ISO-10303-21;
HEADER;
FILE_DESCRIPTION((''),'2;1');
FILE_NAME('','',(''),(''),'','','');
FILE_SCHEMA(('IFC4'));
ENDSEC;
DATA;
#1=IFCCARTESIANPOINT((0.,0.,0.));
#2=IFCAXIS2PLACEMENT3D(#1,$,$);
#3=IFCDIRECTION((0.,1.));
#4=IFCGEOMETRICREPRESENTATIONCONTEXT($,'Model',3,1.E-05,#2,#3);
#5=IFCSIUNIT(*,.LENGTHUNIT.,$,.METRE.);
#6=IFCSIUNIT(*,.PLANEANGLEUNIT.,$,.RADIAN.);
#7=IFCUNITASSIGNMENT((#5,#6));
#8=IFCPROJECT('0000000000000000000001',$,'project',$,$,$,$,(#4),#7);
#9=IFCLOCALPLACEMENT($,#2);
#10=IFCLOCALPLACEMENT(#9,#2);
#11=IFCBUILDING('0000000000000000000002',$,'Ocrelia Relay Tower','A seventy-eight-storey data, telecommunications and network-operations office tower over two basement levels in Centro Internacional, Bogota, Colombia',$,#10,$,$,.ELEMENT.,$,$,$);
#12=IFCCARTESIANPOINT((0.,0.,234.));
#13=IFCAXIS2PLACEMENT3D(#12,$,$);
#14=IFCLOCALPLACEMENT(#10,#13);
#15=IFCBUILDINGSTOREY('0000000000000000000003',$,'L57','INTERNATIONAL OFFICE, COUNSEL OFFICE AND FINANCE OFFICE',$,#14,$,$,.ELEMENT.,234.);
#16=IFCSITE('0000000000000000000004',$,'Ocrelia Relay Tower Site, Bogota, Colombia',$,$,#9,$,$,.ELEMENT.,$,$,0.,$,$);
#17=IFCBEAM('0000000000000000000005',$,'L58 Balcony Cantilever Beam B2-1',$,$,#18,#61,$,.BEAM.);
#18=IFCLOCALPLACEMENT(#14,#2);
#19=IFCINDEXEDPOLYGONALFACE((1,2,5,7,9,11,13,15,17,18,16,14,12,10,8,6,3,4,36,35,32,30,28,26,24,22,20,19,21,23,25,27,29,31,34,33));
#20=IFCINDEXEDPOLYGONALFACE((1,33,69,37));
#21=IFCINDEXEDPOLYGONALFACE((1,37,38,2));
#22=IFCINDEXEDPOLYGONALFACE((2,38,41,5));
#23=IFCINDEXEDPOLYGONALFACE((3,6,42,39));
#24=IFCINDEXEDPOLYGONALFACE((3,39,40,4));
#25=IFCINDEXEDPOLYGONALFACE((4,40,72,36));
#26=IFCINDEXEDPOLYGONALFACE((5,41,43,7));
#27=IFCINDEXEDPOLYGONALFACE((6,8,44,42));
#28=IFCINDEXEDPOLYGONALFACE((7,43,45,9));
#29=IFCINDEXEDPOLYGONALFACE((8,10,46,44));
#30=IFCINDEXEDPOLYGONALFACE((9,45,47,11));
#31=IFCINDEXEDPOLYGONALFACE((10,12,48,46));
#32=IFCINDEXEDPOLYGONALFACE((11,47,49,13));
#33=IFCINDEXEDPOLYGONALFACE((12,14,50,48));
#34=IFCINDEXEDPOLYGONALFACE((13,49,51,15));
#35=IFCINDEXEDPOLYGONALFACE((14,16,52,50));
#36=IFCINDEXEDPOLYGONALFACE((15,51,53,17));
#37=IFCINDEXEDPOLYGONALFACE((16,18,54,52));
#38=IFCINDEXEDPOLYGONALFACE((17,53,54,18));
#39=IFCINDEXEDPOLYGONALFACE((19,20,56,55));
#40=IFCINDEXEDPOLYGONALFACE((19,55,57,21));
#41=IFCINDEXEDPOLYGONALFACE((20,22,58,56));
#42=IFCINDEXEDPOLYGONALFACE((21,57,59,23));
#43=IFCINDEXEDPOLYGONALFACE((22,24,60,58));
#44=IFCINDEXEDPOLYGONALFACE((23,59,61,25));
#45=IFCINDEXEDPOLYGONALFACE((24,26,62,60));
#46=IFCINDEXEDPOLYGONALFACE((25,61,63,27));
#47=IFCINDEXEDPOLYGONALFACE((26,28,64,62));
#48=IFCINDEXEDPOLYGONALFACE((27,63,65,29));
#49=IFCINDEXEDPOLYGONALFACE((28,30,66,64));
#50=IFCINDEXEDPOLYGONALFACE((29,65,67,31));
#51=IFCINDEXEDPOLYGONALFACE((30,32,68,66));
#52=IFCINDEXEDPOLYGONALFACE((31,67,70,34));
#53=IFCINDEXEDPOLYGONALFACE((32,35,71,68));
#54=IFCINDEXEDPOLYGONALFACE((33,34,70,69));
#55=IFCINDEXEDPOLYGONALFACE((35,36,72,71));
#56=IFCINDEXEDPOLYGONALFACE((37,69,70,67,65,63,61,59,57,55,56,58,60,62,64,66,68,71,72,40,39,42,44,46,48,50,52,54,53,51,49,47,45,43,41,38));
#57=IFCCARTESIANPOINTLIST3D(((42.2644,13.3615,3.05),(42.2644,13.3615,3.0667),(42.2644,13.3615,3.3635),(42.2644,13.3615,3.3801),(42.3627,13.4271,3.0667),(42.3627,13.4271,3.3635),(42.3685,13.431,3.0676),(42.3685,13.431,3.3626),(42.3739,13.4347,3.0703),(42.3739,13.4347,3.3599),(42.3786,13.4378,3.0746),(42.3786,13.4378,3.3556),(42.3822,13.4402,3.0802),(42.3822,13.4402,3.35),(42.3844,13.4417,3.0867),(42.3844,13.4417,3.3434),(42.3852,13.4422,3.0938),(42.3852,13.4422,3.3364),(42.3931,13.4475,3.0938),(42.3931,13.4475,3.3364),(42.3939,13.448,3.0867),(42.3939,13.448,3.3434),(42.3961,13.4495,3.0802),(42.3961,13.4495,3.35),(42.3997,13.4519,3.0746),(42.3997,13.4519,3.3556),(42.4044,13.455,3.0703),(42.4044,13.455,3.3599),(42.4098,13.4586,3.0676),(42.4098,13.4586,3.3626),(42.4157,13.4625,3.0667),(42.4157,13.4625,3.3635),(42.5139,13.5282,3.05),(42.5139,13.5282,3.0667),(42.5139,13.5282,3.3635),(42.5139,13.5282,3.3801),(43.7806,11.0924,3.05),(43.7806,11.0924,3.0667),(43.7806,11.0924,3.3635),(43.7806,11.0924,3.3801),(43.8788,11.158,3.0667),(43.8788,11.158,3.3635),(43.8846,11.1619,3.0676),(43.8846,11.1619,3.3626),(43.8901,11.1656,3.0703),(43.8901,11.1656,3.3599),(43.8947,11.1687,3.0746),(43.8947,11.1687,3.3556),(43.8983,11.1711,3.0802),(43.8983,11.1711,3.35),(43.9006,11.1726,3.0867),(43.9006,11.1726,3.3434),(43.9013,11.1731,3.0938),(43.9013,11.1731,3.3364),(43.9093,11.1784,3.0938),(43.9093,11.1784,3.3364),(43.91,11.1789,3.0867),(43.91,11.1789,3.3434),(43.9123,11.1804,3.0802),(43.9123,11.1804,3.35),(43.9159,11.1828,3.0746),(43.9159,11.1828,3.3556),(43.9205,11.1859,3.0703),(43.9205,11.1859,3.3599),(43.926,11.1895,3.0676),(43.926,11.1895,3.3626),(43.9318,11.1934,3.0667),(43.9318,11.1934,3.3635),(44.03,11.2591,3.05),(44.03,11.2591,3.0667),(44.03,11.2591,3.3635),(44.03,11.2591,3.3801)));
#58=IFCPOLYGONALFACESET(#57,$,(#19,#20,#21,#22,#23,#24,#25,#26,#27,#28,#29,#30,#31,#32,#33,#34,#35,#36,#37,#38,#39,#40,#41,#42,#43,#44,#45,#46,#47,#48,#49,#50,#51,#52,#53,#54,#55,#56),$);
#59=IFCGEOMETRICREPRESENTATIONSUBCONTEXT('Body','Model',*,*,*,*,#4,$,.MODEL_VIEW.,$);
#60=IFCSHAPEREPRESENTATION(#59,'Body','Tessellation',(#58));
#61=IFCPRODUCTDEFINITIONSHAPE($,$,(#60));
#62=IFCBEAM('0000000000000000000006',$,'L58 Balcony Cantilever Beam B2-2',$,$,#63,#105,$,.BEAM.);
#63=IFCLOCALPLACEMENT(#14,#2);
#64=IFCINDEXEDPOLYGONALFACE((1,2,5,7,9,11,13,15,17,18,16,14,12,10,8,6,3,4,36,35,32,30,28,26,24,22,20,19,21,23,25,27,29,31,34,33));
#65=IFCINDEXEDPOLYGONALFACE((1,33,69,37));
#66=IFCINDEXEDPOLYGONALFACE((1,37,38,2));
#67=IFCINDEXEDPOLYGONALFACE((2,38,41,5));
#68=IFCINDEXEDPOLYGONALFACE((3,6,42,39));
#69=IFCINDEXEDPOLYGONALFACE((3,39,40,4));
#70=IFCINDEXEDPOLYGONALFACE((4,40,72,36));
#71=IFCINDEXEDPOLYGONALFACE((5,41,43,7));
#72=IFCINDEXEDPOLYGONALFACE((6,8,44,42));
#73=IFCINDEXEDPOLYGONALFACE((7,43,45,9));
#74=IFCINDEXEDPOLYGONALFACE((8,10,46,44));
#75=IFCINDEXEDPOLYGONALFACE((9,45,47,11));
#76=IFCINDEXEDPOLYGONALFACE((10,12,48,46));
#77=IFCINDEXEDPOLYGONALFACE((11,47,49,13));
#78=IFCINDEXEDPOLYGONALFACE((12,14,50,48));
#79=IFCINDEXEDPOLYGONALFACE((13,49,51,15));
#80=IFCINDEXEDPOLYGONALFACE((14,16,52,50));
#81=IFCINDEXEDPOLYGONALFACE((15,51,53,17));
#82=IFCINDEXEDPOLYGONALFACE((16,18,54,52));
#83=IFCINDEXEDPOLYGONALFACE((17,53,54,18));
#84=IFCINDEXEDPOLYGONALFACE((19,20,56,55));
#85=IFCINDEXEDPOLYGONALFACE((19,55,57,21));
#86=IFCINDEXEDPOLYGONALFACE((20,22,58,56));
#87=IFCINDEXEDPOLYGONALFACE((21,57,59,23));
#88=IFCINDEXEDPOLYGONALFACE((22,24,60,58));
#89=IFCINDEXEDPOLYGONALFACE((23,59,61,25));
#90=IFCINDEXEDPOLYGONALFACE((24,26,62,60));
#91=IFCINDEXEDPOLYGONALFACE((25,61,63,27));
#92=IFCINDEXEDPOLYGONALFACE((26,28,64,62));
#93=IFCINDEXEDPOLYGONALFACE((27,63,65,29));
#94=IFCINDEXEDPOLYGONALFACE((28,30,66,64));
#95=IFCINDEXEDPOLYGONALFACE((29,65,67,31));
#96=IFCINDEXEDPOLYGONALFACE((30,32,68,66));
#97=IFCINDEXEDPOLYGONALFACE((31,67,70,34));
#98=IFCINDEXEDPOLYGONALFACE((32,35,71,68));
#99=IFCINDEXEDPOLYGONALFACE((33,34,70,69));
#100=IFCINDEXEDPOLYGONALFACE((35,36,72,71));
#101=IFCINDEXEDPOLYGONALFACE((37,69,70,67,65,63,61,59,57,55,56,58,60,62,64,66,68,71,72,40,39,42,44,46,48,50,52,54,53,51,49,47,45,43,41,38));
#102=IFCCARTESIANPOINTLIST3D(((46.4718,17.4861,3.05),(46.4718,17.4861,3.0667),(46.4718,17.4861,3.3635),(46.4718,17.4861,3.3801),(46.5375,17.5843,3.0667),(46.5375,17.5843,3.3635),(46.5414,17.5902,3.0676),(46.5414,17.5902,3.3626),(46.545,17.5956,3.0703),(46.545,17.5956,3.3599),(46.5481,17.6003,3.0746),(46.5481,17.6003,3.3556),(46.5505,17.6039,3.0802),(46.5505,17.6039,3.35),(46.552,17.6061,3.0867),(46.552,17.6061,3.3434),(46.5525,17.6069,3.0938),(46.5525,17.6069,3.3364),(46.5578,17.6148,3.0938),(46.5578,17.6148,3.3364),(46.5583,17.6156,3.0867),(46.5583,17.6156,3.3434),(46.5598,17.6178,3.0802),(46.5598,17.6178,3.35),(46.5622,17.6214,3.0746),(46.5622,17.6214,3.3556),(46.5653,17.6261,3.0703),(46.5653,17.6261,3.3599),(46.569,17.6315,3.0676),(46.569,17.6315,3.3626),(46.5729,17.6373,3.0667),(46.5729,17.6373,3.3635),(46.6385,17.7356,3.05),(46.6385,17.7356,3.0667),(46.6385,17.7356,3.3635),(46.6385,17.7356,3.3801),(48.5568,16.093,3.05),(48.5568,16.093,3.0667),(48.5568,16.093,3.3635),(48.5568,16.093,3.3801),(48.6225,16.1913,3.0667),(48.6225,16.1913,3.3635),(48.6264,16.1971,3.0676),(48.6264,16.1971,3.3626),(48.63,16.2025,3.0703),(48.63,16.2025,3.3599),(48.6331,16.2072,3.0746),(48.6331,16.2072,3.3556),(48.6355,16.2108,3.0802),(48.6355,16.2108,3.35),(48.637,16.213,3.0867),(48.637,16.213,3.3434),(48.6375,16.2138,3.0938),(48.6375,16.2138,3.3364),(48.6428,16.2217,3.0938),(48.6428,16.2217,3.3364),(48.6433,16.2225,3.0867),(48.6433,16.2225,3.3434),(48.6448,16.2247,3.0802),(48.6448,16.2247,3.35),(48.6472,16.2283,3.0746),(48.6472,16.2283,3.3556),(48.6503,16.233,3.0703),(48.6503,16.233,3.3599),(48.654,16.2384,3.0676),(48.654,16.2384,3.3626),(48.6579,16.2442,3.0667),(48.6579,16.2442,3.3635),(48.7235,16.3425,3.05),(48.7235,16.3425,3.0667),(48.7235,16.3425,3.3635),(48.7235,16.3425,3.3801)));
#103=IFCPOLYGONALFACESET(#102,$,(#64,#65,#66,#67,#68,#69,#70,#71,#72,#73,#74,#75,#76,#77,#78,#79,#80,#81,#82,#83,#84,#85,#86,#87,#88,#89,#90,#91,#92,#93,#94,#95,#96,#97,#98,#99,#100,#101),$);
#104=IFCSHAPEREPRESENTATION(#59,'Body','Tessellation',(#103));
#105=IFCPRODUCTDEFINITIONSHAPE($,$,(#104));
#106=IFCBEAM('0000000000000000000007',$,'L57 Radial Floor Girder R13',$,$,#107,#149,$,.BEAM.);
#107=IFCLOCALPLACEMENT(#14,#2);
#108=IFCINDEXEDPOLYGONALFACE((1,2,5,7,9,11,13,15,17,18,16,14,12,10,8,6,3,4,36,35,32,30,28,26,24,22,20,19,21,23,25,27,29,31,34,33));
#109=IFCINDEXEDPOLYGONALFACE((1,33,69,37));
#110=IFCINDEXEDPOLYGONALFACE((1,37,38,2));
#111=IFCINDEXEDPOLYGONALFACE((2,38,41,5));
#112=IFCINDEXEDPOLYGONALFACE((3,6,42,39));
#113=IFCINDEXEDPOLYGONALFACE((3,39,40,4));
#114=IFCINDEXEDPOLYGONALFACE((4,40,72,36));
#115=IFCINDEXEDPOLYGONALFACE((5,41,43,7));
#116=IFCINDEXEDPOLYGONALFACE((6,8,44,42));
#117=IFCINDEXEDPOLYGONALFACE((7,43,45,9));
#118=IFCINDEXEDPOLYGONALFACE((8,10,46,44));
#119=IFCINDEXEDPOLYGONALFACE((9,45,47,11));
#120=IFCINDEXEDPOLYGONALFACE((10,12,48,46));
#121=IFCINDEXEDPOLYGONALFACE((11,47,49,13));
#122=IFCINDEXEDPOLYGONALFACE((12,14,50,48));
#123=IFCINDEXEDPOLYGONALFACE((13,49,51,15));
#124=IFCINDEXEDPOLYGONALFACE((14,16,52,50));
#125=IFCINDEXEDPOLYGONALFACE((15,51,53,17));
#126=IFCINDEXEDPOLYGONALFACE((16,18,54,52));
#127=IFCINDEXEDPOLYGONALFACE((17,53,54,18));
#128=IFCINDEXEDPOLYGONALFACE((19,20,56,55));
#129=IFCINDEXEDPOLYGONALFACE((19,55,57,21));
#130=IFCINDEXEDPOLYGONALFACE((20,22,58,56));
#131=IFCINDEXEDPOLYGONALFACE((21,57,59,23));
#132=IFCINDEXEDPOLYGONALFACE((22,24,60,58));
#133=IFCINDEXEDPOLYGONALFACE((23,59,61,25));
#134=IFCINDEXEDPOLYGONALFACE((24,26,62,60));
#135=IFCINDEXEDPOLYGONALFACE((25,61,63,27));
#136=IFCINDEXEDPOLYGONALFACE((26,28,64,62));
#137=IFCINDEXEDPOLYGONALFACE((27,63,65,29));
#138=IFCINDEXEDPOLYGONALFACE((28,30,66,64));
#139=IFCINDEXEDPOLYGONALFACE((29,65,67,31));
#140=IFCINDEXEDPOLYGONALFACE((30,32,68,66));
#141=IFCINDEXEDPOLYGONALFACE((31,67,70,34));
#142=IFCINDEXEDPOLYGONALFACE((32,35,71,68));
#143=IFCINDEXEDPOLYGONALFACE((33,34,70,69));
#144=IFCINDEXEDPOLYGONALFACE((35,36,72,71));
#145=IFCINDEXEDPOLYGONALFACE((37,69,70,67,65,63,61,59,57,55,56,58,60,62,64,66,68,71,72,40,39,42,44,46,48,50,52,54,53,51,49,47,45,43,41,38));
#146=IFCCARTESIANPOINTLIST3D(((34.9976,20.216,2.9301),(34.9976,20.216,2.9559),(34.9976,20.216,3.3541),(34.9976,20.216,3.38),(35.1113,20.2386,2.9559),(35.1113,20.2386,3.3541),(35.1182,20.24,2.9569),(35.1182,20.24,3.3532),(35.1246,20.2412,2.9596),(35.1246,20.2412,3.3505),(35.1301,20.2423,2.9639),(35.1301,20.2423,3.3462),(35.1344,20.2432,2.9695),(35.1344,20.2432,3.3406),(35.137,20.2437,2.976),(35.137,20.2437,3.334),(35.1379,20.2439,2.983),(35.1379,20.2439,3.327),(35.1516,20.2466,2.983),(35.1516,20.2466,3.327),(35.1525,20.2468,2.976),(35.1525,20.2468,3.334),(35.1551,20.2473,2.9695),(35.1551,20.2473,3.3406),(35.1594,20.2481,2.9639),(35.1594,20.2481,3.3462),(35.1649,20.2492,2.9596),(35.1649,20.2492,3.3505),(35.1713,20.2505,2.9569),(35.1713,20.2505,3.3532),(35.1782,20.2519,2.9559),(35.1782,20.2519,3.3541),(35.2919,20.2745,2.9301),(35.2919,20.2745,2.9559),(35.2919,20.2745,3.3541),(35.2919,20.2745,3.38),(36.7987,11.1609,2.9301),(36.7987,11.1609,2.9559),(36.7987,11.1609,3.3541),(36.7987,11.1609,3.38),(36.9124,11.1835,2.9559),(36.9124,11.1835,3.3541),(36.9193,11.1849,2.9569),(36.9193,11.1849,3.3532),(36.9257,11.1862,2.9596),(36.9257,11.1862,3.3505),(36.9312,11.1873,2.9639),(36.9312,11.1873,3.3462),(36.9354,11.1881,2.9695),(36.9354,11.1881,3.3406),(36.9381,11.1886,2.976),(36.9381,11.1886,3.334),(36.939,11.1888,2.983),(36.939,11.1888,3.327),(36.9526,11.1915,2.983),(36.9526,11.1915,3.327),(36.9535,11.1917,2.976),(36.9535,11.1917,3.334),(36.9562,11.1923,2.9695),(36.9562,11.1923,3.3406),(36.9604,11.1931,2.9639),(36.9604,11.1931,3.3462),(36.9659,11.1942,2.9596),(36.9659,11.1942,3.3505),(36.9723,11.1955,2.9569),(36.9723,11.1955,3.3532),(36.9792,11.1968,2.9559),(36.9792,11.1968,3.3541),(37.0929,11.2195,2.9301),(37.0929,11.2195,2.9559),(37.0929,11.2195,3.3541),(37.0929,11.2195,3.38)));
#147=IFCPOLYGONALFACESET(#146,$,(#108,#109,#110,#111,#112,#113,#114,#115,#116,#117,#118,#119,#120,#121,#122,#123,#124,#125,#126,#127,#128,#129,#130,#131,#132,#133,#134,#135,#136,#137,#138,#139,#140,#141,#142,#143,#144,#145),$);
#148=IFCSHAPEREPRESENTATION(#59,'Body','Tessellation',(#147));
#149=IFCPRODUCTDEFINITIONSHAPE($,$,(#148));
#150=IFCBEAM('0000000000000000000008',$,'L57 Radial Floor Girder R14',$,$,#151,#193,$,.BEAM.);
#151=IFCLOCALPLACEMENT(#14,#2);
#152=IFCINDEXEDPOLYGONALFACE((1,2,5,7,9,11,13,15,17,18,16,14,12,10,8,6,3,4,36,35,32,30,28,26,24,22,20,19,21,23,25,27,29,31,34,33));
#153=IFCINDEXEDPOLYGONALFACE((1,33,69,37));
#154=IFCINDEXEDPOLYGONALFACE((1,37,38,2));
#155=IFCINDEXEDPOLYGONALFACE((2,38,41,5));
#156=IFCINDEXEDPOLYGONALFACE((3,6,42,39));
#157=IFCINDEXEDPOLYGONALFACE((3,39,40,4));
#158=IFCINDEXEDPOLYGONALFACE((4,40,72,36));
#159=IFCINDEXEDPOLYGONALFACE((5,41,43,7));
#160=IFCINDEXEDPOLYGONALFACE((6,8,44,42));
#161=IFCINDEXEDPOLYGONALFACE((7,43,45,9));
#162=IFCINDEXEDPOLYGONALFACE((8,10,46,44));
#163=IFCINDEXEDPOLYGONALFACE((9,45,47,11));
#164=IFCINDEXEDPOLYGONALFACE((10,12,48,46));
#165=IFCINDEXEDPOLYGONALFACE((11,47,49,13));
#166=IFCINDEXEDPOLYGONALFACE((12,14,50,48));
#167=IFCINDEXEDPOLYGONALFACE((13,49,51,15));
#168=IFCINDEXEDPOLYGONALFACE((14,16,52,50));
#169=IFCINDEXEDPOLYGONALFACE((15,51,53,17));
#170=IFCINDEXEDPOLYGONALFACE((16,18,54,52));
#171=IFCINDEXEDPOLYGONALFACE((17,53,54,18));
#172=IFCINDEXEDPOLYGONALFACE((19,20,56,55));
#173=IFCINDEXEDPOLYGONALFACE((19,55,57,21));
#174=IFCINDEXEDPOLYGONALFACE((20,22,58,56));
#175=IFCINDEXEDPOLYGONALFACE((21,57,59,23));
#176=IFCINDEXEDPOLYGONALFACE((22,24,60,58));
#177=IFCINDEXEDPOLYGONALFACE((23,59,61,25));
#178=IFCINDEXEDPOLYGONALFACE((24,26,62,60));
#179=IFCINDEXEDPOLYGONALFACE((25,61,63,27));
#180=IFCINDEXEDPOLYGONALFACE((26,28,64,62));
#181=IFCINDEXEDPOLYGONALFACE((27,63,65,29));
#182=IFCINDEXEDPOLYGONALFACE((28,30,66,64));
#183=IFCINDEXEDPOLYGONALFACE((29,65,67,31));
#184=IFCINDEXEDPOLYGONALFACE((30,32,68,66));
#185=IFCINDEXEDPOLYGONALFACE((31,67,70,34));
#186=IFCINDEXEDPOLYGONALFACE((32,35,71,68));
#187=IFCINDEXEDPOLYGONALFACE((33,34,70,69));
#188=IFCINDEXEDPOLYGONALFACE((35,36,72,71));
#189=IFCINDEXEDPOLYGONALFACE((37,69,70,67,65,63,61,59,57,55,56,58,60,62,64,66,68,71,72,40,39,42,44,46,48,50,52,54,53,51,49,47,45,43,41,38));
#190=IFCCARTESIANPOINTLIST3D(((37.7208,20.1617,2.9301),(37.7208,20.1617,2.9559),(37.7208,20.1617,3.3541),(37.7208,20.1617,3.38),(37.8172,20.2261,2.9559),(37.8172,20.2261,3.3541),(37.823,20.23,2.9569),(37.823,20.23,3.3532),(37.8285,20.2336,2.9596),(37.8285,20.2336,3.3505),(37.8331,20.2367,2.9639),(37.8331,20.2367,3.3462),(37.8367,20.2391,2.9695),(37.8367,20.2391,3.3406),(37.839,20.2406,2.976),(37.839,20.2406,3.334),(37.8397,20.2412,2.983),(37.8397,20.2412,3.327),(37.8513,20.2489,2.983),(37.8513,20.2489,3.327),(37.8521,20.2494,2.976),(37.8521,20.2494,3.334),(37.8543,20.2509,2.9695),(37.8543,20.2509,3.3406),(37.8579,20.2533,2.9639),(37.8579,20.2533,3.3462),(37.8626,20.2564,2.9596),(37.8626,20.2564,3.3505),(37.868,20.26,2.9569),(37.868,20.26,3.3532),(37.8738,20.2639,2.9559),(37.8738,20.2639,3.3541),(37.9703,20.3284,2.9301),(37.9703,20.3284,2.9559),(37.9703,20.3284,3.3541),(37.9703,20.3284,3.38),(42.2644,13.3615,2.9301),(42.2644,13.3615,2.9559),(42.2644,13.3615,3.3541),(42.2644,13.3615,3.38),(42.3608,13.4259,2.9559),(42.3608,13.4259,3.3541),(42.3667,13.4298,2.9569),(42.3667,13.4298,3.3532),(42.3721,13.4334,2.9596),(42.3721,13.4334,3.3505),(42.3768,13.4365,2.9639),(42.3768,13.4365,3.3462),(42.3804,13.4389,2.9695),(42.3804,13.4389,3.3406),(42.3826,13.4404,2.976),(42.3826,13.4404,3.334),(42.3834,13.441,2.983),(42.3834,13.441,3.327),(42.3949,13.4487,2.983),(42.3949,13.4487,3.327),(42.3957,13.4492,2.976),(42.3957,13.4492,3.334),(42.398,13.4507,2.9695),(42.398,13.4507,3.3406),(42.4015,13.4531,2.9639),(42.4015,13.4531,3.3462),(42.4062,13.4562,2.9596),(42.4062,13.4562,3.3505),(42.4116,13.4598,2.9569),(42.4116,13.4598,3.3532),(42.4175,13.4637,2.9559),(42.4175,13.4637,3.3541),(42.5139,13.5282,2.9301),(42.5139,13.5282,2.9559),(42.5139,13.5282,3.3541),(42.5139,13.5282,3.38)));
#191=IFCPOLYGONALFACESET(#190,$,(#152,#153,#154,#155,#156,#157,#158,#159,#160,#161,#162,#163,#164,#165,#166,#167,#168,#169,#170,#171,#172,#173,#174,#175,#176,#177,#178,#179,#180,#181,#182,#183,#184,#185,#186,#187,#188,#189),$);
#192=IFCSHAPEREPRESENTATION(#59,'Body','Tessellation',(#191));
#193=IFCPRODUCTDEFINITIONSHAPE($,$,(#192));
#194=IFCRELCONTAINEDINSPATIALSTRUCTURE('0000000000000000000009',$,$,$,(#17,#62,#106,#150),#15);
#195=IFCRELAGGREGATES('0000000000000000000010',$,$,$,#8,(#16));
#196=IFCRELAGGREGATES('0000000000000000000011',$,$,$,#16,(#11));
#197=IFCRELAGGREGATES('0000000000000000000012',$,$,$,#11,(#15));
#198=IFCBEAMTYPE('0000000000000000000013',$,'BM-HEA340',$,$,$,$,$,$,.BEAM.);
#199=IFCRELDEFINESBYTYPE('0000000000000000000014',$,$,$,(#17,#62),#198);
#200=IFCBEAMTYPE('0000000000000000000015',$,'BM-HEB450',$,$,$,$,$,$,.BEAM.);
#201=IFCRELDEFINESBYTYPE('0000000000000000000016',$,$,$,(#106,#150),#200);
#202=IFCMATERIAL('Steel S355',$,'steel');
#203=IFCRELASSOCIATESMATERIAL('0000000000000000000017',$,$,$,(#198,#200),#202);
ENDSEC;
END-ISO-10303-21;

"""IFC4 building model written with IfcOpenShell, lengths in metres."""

from ifc_helpers import new_model, si_unit, direction, frame, origin, origin_2d, place, context, subcontext, project, spatial, i_section, extrude, material, material_profile, profile_set, type_object, element, save


model = new_model("IFC4")

# Units and contexts
model_context = context("Model", 3, precision=1e-05, world=origin(), true_north=direction((0.0, 1.0)))
body_context = subcontext(model_context, "Body", "Model", "MODEL_VIEW")
ifc_project = project(units=[si_unit("LENGTHUNIT", "METRE"), si_unit("PLANEANGLEUNIT", "RADIAN")], contexts=[model_context])

# Site, building, storey
site_placement = place(None, origin())
site = spatial("IfcSite", under=ifc_project, at=site_placement, Name="Ocrelia Relay Tower Site, Bogota, Colombia", CompositionType="ELEMENT", RefElevation=0.0)
building_placement = place(site_placement, origin())
building = spatial("IfcBuilding", under=site, at=building_placement, Name="Ocrelia Relay Tower", Description="A seventy-eight-storey data, telecommunications and network-operations office tower over two basement levels in Centro Internacional, Bogota, Colombia", CompositionType="ELEMENT")
storey_placement = place(building_placement, frame((0.0, 0.0, 234.0)))
storey = spatial("IfcBuildingStorey", under=building, at=storey_placement, Name="L57", Description="INTERNATIONAL OFFICE, COUNSEL OFFICE AND FINANCE OFFICE", CompositionType="ELEMENT", Elevation=234.0)

# Beams
ifc_material_1 = material(Name="Steel S355", Category="steel")
ifc_material_profile_1 = material_profile(ifc_material_1, i_section(OverallWidth=0.3, OverallDepth=0.3301, WebThickness=0.0095, FlangeThickness=0.0166, FilletRadius=0.0271, at=origin_2d()), Name="HEA 340")
ifc_profile_set_1 = profile_set([ifc_material_profile_1], Name="Steel S355")
beam_type_1 = type_object("IfcBeamType", Name="BM-HEA340", PredefinedType="BEAM", material=ifc_profile_set_1)
beam_1_placement = place(storey_placement, frame((42.3892, 13.4448, 3.2151), z_axis=(0.555567, -0.831472, 0.0), x_axis=(0.831472, 0.555567, 0.0)))
element("IfcBeam", 1, at=beam_1_placement, inside=storey, type_object=beam_type_1, Name="L58 Balcony Cantilever Beam B2-1", PredefinedType="BEAM", context=body_context, shape_type="SweptSolid", body=[
    extrude(i_section(OverallWidth=0.3, OverallDepth=0.3301, WebThickness=0.0095, FlangeThickness=0.0166, FilletRadius=0.0271, at=origin_2d()), origin(), (0.0, 0.0, 1.0), 2.729),
])
beam_2_placement = place(storey_placement, frame((46.5552, 17.6108, 3.2151), z_axis=(0.831481, -0.555554, 0.0), x_axis=(0.555554, 0.831481, 0.0)))
element("IfcBeam", 2, at=beam_2_placement, inside=storey, type_object=beam_type_1, Name="L58 Balcony Cantilever Beam B2-2", PredefinedType="BEAM", context=body_context, shape_type="SweptSolid", body=[
    extrude(i_section(OverallWidth=0.3, OverallDepth=0.3301, WebThickness=0.0095, FlangeThickness=0.0166, FilletRadius=0.0271, at=origin_2d()), origin(), (0.0, 0.0, 1.0), 2.5076),
])
ifc_material_profile_2 = material_profile(ifc_material_1, i_section(OverallWidth=0.3, OverallDepth=0.45, WebThickness=0.0139, FlangeThickness=0.0259, FilletRadius=0.0271, at=origin_2d()), Name="HEB 450")
ifc_profile_set_2 = profile_set([ifc_material_profile_2], Name="Steel S355")
beam_type_2 = type_object("IfcBeamType", Name="BM-HEB450", PredefinedType="BEAM", material=ifc_profile_set_2)
beam_3_placement = place(storey_placement, frame((36.9458, 11.1902, 3.155), z_axis=(-0.195079, 0.980788, 0.0), x_axis=(-0.980788, -0.195079, 0.0)))
element("IfcBeam", 3, at=beam_3_placement, inside=storey, type_object=beam_type_2, Name="L57 Radial Floor Girder R13", PredefinedType="BEAM", context=body_context, shape_type="SweptSolid", body=[
    extrude(i_section(OverallWidth=0.3, OverallDepth=0.45, WebThickness=0.0139, FlangeThickness=0.0259, FilletRadius=0.0271, at=origin_2d()), origin(), (0.0, 0.0, 1.0), 9.2324),
])
beam_4_placement = place(storey_placement, frame((42.3892, 13.4448, 3.155), z_axis=(-0.555561, 0.831476, 0.0), x_axis=(-0.831476, -0.555561, 0.0)))
element("IfcBeam", 4, at=beam_4_placement, inside=storey, type_object=beam_type_2, Name="L57 Radial Floor Girder R14", PredefinedType="BEAM", context=body_context, shape_type="SweptSolid", body=[
    extrude(i_section(OverallWidth=0.3, OverallDepth=0.45, WebThickness=0.0139, FlangeThickness=0.0259, FilletRadius=0.0271, at=origin_2d()), origin(), (0.0, 0.0, 1.0), 8.1785),
])

save(model, "model.ifc")
